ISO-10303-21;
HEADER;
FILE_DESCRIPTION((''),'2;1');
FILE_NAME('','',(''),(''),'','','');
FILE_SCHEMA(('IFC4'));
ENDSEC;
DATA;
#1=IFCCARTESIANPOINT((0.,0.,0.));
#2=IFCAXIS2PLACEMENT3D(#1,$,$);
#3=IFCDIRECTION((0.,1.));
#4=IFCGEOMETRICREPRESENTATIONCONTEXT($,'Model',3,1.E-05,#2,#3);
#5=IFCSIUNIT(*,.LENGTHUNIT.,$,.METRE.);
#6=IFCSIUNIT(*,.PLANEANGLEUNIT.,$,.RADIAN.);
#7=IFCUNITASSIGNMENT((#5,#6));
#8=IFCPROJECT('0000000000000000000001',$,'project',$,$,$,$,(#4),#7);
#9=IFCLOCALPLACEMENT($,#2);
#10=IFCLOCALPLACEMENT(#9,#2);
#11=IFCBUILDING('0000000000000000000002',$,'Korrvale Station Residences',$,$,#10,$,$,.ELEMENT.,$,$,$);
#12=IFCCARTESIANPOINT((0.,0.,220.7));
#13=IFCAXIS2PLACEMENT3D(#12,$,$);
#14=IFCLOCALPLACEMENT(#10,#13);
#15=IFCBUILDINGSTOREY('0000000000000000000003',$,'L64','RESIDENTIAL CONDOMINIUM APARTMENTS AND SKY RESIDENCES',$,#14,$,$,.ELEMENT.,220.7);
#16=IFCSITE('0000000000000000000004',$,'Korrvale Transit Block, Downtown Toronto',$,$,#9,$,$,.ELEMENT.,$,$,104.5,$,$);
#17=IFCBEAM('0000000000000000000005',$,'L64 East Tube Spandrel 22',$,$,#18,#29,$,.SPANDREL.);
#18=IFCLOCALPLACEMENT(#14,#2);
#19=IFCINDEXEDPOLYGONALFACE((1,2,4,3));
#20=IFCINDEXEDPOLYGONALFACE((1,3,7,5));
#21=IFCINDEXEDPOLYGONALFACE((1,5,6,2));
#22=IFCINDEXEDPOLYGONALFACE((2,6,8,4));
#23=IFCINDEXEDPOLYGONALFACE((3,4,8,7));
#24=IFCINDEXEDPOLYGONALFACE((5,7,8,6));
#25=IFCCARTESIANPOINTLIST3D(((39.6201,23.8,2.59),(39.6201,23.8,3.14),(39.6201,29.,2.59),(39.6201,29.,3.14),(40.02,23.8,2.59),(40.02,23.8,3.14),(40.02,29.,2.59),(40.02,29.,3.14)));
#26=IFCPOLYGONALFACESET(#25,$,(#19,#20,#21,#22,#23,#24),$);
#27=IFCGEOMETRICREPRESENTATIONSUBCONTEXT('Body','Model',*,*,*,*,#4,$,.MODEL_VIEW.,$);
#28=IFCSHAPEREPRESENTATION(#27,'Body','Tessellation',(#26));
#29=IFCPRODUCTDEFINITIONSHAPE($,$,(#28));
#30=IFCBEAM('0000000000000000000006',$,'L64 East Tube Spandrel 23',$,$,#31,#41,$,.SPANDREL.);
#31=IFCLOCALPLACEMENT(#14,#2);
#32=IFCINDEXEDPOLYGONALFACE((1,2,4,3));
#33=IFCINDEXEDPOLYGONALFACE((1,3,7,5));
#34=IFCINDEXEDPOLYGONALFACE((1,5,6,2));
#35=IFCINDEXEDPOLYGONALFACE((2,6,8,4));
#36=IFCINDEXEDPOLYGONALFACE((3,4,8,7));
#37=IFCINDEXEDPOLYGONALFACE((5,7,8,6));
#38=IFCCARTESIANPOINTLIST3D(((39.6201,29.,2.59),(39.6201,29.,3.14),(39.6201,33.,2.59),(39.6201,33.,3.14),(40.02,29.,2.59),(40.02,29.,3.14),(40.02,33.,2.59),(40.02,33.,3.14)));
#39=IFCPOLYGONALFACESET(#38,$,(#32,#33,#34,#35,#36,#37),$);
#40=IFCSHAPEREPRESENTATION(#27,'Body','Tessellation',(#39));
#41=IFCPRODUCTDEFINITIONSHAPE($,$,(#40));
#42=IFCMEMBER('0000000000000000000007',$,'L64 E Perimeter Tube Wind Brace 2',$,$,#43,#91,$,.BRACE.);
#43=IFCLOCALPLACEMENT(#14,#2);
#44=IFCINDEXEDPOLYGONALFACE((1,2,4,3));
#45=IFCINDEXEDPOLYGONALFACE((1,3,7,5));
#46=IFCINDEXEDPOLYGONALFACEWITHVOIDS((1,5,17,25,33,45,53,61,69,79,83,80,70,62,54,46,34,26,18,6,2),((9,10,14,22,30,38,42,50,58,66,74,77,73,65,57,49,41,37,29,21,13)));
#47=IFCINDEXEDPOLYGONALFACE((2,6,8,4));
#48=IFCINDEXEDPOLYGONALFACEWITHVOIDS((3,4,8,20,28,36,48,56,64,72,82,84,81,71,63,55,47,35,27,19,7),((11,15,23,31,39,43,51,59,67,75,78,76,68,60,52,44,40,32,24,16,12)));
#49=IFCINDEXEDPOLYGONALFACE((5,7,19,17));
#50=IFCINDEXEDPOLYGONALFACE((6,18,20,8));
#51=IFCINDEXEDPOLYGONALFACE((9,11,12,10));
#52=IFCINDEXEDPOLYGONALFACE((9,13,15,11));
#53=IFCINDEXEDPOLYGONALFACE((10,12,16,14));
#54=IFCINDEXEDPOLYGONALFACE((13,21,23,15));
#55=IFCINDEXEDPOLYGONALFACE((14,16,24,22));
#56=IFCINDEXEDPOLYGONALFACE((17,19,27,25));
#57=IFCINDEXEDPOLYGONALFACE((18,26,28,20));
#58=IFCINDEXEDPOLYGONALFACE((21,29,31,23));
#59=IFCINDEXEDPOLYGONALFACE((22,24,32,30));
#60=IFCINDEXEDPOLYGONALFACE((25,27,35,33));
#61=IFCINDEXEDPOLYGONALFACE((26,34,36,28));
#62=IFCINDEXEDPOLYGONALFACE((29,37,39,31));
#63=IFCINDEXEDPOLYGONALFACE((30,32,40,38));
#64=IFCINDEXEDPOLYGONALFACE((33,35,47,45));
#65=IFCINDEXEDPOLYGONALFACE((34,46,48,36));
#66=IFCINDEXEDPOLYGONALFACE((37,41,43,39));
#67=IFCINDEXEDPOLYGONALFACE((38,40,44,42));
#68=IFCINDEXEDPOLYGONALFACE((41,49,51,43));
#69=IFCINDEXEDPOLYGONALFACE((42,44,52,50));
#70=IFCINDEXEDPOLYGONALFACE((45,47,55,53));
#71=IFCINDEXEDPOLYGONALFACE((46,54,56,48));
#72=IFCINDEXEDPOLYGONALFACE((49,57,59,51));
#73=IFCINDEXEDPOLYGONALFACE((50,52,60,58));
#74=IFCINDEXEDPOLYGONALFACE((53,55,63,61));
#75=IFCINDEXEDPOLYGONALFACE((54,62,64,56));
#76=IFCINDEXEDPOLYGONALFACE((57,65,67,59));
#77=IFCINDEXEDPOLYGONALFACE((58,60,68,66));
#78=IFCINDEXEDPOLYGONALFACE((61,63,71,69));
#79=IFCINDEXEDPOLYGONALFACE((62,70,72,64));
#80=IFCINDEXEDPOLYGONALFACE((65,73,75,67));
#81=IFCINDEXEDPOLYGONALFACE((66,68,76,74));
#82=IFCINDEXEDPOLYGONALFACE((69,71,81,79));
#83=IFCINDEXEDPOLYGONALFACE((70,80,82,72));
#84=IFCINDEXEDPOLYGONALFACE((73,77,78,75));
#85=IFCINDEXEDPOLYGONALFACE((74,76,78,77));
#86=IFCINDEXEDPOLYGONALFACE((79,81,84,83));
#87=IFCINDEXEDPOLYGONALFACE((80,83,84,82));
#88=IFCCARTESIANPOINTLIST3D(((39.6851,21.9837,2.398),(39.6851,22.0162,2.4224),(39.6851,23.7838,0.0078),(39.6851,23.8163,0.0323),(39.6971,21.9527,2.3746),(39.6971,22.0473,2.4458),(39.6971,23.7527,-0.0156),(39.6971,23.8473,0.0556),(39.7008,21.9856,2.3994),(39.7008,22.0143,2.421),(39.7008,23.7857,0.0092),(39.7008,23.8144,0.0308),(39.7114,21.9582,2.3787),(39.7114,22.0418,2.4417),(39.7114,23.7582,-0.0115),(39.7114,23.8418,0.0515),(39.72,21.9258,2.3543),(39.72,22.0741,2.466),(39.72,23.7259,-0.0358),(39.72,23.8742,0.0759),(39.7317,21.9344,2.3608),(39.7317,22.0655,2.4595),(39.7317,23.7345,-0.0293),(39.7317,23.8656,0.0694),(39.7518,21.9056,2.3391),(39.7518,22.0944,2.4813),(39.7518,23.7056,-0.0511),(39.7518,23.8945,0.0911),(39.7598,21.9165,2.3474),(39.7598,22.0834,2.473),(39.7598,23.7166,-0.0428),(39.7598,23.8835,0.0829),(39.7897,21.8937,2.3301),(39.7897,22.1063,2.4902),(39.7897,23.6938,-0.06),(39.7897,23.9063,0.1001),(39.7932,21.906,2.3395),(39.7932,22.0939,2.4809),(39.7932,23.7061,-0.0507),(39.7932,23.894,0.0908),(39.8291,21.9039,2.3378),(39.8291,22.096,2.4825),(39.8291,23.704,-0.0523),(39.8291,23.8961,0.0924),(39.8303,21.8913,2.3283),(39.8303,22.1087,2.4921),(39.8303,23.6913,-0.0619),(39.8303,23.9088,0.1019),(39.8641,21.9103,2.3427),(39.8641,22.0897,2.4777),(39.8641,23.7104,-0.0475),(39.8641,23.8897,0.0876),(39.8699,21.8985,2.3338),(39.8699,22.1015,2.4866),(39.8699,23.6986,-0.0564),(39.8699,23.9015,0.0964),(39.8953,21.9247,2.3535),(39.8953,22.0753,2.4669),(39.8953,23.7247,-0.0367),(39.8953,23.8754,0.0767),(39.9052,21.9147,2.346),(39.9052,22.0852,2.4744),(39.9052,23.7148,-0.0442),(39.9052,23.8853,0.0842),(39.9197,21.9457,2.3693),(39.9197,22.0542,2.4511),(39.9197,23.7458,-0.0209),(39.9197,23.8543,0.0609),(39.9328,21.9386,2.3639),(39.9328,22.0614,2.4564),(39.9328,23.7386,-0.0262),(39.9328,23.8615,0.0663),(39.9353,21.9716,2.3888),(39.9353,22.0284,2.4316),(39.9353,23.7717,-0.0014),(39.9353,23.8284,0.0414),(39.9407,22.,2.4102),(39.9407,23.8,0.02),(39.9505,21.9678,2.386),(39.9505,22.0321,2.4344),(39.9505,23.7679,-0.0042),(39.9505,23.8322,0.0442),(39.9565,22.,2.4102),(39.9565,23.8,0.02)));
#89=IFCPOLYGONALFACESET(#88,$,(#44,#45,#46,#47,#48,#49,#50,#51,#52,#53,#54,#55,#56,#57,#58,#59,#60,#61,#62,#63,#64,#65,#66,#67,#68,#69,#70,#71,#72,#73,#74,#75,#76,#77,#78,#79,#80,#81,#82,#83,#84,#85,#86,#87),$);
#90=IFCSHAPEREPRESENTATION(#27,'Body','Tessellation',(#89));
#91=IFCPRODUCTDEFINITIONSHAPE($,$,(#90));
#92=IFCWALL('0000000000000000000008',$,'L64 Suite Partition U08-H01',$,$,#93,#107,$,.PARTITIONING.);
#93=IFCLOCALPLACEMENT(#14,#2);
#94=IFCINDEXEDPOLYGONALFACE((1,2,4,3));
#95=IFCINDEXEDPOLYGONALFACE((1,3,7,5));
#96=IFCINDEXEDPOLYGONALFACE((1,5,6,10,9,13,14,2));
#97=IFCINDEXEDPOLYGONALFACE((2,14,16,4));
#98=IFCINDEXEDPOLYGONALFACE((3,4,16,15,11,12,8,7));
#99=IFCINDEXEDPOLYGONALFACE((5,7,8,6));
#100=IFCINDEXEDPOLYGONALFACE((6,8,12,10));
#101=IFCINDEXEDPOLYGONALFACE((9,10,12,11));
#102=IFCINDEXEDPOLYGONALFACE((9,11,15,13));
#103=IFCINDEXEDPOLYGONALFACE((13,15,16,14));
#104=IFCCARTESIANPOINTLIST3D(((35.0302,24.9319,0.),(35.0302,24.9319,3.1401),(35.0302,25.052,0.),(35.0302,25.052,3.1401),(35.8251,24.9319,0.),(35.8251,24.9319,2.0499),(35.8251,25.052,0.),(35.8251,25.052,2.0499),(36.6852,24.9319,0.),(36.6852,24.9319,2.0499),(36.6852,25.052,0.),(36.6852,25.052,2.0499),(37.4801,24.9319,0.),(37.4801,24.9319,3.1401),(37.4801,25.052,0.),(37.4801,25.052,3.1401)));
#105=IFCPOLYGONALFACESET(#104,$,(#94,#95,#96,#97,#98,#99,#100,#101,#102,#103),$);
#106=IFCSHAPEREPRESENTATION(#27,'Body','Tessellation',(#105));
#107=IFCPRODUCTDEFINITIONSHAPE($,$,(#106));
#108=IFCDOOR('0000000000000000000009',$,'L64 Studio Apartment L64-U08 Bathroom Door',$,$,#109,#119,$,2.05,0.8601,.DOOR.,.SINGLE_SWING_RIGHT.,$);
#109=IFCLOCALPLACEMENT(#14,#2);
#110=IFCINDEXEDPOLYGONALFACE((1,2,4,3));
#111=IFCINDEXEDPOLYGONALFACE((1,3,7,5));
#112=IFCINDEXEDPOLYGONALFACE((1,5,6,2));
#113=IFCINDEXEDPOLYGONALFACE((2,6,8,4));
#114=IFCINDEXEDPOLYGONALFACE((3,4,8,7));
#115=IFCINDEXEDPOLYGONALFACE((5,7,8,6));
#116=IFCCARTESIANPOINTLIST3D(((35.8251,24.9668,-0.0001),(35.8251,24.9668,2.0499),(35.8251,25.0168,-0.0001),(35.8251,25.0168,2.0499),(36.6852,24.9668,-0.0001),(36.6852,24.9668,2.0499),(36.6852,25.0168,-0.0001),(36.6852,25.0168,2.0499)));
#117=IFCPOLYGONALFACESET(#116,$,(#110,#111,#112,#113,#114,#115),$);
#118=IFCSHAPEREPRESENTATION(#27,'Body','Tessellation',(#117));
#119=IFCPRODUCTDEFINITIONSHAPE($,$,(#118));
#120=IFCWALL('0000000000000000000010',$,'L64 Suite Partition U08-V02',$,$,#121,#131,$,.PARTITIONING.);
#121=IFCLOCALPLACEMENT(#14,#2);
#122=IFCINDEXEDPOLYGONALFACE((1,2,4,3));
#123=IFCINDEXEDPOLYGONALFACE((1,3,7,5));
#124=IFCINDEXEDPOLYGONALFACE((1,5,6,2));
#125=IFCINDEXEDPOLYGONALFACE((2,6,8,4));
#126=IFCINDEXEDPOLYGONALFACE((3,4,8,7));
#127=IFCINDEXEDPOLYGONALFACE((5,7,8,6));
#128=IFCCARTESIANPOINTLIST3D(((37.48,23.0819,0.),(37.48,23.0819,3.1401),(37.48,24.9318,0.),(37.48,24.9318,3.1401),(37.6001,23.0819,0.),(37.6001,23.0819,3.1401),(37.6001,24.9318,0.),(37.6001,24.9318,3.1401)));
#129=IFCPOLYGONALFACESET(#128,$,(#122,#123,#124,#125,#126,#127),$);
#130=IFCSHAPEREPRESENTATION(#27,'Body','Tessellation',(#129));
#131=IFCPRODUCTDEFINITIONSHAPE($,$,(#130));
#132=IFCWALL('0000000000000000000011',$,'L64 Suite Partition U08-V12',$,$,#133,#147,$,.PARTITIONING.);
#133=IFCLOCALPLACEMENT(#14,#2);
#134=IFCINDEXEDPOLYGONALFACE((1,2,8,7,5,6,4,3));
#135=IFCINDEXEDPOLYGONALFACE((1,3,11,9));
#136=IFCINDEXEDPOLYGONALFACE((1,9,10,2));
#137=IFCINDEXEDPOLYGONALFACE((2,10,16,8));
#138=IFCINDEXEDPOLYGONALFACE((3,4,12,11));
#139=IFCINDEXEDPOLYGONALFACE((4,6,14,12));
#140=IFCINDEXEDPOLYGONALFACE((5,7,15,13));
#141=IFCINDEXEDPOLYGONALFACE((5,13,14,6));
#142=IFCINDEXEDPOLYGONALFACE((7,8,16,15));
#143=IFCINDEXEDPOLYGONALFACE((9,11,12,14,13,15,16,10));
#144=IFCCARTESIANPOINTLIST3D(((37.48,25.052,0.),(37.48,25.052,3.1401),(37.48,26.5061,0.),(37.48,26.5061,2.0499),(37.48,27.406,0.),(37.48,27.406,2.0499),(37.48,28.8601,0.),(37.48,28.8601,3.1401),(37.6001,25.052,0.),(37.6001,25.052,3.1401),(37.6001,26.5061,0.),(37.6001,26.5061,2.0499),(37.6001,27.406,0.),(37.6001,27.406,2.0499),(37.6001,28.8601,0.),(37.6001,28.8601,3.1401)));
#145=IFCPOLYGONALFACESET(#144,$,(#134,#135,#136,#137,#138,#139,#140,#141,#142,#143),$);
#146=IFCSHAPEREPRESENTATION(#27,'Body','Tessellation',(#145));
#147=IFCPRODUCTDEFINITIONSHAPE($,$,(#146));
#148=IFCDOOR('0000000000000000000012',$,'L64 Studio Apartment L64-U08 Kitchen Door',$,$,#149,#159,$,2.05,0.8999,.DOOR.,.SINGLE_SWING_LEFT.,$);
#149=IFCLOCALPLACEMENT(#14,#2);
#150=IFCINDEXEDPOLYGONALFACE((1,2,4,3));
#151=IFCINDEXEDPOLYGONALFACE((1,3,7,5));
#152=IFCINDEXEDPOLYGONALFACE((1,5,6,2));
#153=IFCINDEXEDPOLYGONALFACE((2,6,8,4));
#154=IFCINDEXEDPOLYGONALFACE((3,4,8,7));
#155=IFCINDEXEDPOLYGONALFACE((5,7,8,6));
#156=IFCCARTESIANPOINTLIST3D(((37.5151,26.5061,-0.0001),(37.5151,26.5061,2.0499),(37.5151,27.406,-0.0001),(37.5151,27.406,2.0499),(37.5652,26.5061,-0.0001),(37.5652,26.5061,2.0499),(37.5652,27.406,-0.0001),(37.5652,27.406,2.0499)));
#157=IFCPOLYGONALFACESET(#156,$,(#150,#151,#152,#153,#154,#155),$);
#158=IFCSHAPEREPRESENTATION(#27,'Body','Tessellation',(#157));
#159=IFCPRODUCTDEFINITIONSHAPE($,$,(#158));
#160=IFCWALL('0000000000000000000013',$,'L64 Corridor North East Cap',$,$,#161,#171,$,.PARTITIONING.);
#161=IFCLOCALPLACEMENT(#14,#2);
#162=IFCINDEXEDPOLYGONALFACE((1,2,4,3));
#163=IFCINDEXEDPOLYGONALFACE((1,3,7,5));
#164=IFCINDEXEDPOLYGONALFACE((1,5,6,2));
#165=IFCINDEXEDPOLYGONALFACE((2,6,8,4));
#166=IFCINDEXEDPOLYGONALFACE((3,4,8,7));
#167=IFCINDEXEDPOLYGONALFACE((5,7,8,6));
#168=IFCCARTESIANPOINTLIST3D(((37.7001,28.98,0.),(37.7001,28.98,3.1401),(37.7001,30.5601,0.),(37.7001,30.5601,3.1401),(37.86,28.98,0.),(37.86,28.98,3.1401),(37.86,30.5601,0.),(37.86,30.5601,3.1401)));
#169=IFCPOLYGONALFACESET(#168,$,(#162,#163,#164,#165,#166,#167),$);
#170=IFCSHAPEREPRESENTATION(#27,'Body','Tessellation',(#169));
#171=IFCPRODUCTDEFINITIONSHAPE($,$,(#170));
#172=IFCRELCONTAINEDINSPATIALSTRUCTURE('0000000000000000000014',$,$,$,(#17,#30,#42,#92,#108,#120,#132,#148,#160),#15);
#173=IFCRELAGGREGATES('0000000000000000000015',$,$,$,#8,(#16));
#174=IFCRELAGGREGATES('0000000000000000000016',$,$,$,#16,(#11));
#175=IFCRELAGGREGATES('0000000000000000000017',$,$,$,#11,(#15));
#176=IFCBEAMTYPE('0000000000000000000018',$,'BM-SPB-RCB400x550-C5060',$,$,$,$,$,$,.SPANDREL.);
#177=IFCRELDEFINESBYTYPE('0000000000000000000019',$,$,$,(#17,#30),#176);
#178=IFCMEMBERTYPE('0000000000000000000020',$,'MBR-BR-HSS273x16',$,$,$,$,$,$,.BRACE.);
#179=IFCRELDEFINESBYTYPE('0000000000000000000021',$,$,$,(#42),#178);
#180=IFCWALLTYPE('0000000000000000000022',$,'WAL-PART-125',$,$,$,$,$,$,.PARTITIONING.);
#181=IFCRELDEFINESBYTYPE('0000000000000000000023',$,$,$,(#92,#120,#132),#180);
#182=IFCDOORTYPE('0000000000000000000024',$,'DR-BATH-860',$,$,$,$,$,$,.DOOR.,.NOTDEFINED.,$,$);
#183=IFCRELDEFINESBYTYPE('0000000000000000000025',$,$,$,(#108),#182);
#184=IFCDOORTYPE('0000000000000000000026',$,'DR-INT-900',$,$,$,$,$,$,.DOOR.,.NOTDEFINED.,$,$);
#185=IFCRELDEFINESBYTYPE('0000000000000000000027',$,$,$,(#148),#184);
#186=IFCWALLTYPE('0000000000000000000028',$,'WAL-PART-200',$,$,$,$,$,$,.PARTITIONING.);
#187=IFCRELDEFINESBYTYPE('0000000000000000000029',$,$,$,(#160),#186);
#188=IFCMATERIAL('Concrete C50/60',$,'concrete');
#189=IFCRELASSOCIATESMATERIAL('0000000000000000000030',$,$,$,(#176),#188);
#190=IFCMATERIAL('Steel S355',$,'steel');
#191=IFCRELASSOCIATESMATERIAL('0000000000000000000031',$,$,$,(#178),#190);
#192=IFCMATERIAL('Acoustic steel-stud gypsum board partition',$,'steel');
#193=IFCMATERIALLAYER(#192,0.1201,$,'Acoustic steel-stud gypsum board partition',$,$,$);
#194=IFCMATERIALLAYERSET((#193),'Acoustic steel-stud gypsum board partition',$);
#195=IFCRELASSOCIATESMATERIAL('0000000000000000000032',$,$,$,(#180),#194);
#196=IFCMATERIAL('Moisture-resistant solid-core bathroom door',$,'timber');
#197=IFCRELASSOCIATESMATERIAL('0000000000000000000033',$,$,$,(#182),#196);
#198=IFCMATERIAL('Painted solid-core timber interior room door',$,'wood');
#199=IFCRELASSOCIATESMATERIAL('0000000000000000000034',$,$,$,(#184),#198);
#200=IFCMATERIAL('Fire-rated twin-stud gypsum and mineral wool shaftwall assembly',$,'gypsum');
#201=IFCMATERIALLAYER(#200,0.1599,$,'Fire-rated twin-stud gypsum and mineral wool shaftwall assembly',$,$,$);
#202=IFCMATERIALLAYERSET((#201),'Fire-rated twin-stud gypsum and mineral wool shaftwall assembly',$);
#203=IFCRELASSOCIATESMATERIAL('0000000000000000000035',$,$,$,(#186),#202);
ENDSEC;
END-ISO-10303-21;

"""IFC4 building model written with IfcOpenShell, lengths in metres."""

from ifc_helpers import new_model, si_unit, direction, frame, frame_2d, origin, origin_2d, place, context, subcontext, project, spatial, rectangle, hollow_circle, extrude, material, layer, layer_set, material_profile, profile_set, type_object, element, fill, save


model = new_model("IFC4")

# Units and contexts
model_context = context("Model", 3, precision=1e-05, world=origin(), true_north=direction((0.0, 1.0)))
body_context = subcontext(model_context, "Body", "Model", "MODEL_VIEW")
ifc_project = project(units=[si_unit("LENGTHUNIT", "METRE"), si_unit("PLANEANGLEUNIT", "RADIAN")], contexts=[model_context])

# Site, building, storey
site_placement = place(None, origin())
site = spatial("IfcSite", under=ifc_project, at=site_placement, Name="Korrvale Transit Block, Downtown Toronto", CompositionType="ELEMENT", RefElevation=104.5)
building_placement = place(site_placement, origin())
building = spatial("IfcBuilding", under=site, at=building_placement, Name="Korrvale Station Residences", CompositionType="ELEMENT")
storey_placement = place(building_placement, frame((0.0, 0.0, 220.7)))
storey = spatial("IfcBuildingStorey", under=building, at=storey_placement, Name="L64", Description="RESIDENTIAL CONDOMINIUM APARTMENTS AND SKY RESIDENCES", CompositionType="ELEMENT", Elevation=220.7)

# Shared definitions
ifc_material_1 = material(Name="Concrete C50/60", Category="concrete")

# Beams
ifc_material_2 = material(Name="Steel S355", Category="steel")
ifc_material_profile_1 = material_profile(ifc_material_1, rectangle(XDim=0.3999, YDim=0.55, at=origin_2d()), Name="RCB400x550")
ifc_profile_set_1 = profile_set([ifc_material_profile_1], Name="Concrete C50/60")
beam_type_1 = type_object("IfcBeamType", Name="BM-SPB-RCB400x550-C5060", PredefinedType="SPANDREL", material=ifc_profile_set_1)
beam_1_placement = place(storey_placement, frame((39.8201, 23.8, 2.865), z_axis=(0.0, 1.0, 0.0), x_axis=(-1.0, 0.0, 0.0)))
element("IfcBeam", 1, at=beam_1_placement, inside=storey, type_object=beam_type_1, Name="L64 East Tube Spandrel 22", PredefinedType="SPANDREL", context=body_context, shape_type="SweptSolid", body=[
    extrude(rectangle(XDim=0.3999, YDim=0.55, at=origin_2d()), origin(), (0.0, 0.0, 1.0), 5.2),
])
beam_2_placement = place(storey_placement, frame((39.8201, 29.0, 2.865), z_axis=(0.0, 1.0, 0.0), x_axis=(-1.0, 0.0, 0.0)))
element("IfcBeam", 2, at=beam_2_placement, inside=storey, type_object=beam_type_1, Name="L64 East Tube Spandrel 23", PredefinedType="SPANDREL", context=body_context, shape_type="SweptSolid", body=[
    extrude(rectangle(XDim=0.3999, YDim=0.55, at=origin_2d()), origin(), (0.0, 0.0, 1.0), 4.0),
])

# Member
ifc_material_profile_2 = material_profile(ifc_material_2, hollow_circle(Radius=0.1365, WallThickness=0.0159, at=origin_2d()), Name="HSS273x16")
ifc_profile_set_2 = profile_set([ifc_material_profile_2], Name="Steel S355")
member_type = type_object("IfcMemberType", Name="MBR-BR-HSS273x16", PredefinedType="BRACE", material=ifc_profile_set_2)
member_placement = place(storey_placement, frame((39.8201, 23.8, 0.02), z_axis=(0.0, -0.601592, 0.798804), x_axis=(1.0, 0.0, 0.0)))
element("IfcMember", 3, at=member_placement, inside=storey, type_object=member_type, Name="L64 E Perimeter Tube Wind Brace 2", PredefinedType="BRACE", context=body_context, shape_type="SweptSolid", body=[
    extrude(hollow_circle(Radius=0.1365, WallThickness=0.0159, at=origin_2d()), origin(), (0.0, 0.0, 1.0), 2.9922),
])

# Wall, opening, door
ifc_material_3 = material(Name="Acoustic steel-stud gypsum board partition", Category="steel")
ifc_layer_1 = layer(ifc_material_3, 0.1201, Name="Acoustic steel-stud gypsum board partition")
ifc_layer_set_1 = layer_set([ifc_layer_1], Name="Acoustic steel-stud gypsum board partition")
wall_type_1 = type_object("IfcWallType", Name="WAL-PART-125", PredefinedType="PARTITIONING", material=ifc_layer_set_1)
wall_1_placement = place(storey_placement, frame((35.03, 24.9919, 0.0), z_axis=(0.0, 0.0, 1.0), x_axis=(1.0, 0.0, 0.0)))
wall_1 = element("IfcWall", 4, at=wall_1_placement, inside=storey, type_object=wall_type_1, Name="L64 Suite Partition U08-H01", PredefinedType="PARTITIONING", context=body_context, shape_type="SweptSolid", body=[
    extrude(rectangle(XDim=2.45, YDim=0.1201, at=frame_2d((1.2251, 0.0))), origin(), (0.0, 0.0, 1.0), 3.1401),
])
opening_1_placement = place(wall_1_placement, frame((0.7949, 0.0, 0.0)))
opening_1 = element("IfcOpeningElement", 5, at=opening_1_placement, cuts=wall_1, PredefinedType="OPENING", context=body_context, shape_type="SweptSolid", body=[
    extrude(rectangle(XDim=0.8601, YDim=2.05, at=frame_2d((0.4302, 1.0249))), frame((0.0, 0.0701, 0.0), z_axis=(0.0, -1.0, 0.0), x_axis=(1.0, 0.0, 0.0)), (0.0, 0.0, 1.0), 0.1401),
])
ifc_material_4 = material(Name="Moisture-resistant solid-core bathroom door", Category="timber")
door_type_1 = type_object("IfcDoorType", Name="DR-BATH-860", OperationType="NOTDEFINED", PredefinedType="DOOR", material=ifc_material_4)
door_1_placement = place(opening_1_placement, origin())
door_1 = element("IfcDoor", 6, at=door_1_placement, inside=storey, type_object=door_type_1, Name="L64 Studio Apartment L64-U08 Bathroom Door", OperationType="SINGLE_SWING_RIGHT", OverallHeight=2.05, OverallWidth=0.8601, PredefinedType="DOOR", context=body_context, shape_type="SweptSolid", body=[
    extrude(rectangle(XDim=0.8601, YDim=2.05, at=frame_2d((0.4302, 1.0249))), frame((0.0, 0.0249, 0.0), z_axis=(0.0, -1.0, 0.0), x_axis=(1.0, 0.0, 0.0)), (0.0, 0.0, 1.0), 0.05),
])
fill(opening_1, door_1)

# Wall
wall_2_placement = place(storey_placement, frame((37.54, 23.082, 0.0), z_axis=(0.0, 0.0, 1.0), x_axis=(0.0, 1.0, 0.0)))
element("IfcWall", 7, at=wall_2_placement, inside=storey, type_object=wall_type_1, Name="L64 Suite Partition U08-V02", PredefinedType="PARTITIONING", context=body_context, shape_type="SweptSolid", body=[
    extrude(rectangle(XDim=1.8499, YDim=0.1201, at=frame_2d((0.9248, 0.0))), origin(), (0.0, 0.0, 1.0), 3.1401),
])

# Wall, opening, door
wall_3_placement = place(storey_placement, frame((37.54, 25.052, 0.0), z_axis=(0.0, 0.0, 1.0), x_axis=(0.0, 1.0, 0.0)))
wall_3 = element("IfcWall", 8, at=wall_3_placement, inside=storey, type_object=wall_type_1, Name="L64 Suite Partition U08-V12", PredefinedType="PARTITIONING", context=body_context, shape_type="SweptSolid", body=[
    extrude(rectangle(XDim=3.8081, YDim=0.1201, at=frame_2d((1.9041, 0.0))), origin(), (0.0, 0.0, 1.0), 3.1401),
])
opening_2_placement = place(wall_3_placement, frame((1.4541, 0.0, 0.0)))
opening_2 = element("IfcOpeningElement", 9, at=opening_2_placement, cuts=wall_3, PredefinedType="OPENING", context=body_context, shape_type="SweptSolid", body=[
    extrude(rectangle(XDim=0.8999, YDim=2.05, at=frame_2d((0.45, 1.0249))), frame((0.0, 0.0701, 0.0), z_axis=(0.0, -1.0, 0.0), x_axis=(1.0, 0.0, 0.0)), (0.0, 0.0, 1.0), 0.1401),
])
ifc_material_5 = material(Name="Painted solid-core timber interior room door", Category="wood")
door_type_2 = type_object("IfcDoorType", Name="DR-INT-900", OperationType="NOTDEFINED", PredefinedType="DOOR", material=ifc_material_5)
door_2_placement = place(opening_2_placement, origin())
door_2 = element("IfcDoor", 10, at=door_2_placement, inside=storey, type_object=door_type_2, Name="L64 Studio Apartment L64-U08 Kitchen Door", OperationType="SINGLE_SWING_LEFT", OverallHeight=2.05, OverallWidth=0.8999, PredefinedType="DOOR", context=body_context, shape_type="SweptSolid", body=[
    extrude(rectangle(XDim=0.8999, YDim=2.05, at=frame_2d((0.45, 1.0249))), frame((0.0, 0.0249, 0.0), z_axis=(0.0, -1.0, 0.0), x_axis=(1.0, 0.0, 0.0)), (0.0, 0.0, 1.0), 0.05),
])
fill(opening_2, door_2)

# Wall
ifc_material_6 = material(Name="Fire-rated twin-stud gypsum and mineral wool shaftwall assembly", Category="gypsum")
ifc_layer_2 = layer(ifc_material_6, 0.1599, Name="Fire-rated twin-stud gypsum and mineral wool shaftwall assembly")
ifc_layer_set_2 = layer_set([ifc_layer_2], Name="Fire-rated twin-stud gypsum and mineral wool shaftwall assembly")
wall_type_2 = type_object("IfcWallType", Name="WAL-PART-200", PredefinedType="PARTITIONING", material=ifc_layer_set_2)
wall_4_placement = place(storey_placement, frame((37.78, 28.98, 0.0), z_axis=(0.0, 0.0, 1.0), x_axis=(0.0, 1.0, 0.0)))
element("IfcWall", 11, at=wall_4_placement, inside=storey, type_object=wall_type_2, Name="L64 Corridor North East Cap", PredefinedType="PARTITIONING", context=body_context, shape_type="SweptSolid", body=[
    extrude(rectangle(XDim=1.5801, YDim=0.1599, at=frame_2d((0.79, 0.0))), origin(), (0.0, 0.0, 1.0), 3.1401),
])

save(model, "model.ifc")
